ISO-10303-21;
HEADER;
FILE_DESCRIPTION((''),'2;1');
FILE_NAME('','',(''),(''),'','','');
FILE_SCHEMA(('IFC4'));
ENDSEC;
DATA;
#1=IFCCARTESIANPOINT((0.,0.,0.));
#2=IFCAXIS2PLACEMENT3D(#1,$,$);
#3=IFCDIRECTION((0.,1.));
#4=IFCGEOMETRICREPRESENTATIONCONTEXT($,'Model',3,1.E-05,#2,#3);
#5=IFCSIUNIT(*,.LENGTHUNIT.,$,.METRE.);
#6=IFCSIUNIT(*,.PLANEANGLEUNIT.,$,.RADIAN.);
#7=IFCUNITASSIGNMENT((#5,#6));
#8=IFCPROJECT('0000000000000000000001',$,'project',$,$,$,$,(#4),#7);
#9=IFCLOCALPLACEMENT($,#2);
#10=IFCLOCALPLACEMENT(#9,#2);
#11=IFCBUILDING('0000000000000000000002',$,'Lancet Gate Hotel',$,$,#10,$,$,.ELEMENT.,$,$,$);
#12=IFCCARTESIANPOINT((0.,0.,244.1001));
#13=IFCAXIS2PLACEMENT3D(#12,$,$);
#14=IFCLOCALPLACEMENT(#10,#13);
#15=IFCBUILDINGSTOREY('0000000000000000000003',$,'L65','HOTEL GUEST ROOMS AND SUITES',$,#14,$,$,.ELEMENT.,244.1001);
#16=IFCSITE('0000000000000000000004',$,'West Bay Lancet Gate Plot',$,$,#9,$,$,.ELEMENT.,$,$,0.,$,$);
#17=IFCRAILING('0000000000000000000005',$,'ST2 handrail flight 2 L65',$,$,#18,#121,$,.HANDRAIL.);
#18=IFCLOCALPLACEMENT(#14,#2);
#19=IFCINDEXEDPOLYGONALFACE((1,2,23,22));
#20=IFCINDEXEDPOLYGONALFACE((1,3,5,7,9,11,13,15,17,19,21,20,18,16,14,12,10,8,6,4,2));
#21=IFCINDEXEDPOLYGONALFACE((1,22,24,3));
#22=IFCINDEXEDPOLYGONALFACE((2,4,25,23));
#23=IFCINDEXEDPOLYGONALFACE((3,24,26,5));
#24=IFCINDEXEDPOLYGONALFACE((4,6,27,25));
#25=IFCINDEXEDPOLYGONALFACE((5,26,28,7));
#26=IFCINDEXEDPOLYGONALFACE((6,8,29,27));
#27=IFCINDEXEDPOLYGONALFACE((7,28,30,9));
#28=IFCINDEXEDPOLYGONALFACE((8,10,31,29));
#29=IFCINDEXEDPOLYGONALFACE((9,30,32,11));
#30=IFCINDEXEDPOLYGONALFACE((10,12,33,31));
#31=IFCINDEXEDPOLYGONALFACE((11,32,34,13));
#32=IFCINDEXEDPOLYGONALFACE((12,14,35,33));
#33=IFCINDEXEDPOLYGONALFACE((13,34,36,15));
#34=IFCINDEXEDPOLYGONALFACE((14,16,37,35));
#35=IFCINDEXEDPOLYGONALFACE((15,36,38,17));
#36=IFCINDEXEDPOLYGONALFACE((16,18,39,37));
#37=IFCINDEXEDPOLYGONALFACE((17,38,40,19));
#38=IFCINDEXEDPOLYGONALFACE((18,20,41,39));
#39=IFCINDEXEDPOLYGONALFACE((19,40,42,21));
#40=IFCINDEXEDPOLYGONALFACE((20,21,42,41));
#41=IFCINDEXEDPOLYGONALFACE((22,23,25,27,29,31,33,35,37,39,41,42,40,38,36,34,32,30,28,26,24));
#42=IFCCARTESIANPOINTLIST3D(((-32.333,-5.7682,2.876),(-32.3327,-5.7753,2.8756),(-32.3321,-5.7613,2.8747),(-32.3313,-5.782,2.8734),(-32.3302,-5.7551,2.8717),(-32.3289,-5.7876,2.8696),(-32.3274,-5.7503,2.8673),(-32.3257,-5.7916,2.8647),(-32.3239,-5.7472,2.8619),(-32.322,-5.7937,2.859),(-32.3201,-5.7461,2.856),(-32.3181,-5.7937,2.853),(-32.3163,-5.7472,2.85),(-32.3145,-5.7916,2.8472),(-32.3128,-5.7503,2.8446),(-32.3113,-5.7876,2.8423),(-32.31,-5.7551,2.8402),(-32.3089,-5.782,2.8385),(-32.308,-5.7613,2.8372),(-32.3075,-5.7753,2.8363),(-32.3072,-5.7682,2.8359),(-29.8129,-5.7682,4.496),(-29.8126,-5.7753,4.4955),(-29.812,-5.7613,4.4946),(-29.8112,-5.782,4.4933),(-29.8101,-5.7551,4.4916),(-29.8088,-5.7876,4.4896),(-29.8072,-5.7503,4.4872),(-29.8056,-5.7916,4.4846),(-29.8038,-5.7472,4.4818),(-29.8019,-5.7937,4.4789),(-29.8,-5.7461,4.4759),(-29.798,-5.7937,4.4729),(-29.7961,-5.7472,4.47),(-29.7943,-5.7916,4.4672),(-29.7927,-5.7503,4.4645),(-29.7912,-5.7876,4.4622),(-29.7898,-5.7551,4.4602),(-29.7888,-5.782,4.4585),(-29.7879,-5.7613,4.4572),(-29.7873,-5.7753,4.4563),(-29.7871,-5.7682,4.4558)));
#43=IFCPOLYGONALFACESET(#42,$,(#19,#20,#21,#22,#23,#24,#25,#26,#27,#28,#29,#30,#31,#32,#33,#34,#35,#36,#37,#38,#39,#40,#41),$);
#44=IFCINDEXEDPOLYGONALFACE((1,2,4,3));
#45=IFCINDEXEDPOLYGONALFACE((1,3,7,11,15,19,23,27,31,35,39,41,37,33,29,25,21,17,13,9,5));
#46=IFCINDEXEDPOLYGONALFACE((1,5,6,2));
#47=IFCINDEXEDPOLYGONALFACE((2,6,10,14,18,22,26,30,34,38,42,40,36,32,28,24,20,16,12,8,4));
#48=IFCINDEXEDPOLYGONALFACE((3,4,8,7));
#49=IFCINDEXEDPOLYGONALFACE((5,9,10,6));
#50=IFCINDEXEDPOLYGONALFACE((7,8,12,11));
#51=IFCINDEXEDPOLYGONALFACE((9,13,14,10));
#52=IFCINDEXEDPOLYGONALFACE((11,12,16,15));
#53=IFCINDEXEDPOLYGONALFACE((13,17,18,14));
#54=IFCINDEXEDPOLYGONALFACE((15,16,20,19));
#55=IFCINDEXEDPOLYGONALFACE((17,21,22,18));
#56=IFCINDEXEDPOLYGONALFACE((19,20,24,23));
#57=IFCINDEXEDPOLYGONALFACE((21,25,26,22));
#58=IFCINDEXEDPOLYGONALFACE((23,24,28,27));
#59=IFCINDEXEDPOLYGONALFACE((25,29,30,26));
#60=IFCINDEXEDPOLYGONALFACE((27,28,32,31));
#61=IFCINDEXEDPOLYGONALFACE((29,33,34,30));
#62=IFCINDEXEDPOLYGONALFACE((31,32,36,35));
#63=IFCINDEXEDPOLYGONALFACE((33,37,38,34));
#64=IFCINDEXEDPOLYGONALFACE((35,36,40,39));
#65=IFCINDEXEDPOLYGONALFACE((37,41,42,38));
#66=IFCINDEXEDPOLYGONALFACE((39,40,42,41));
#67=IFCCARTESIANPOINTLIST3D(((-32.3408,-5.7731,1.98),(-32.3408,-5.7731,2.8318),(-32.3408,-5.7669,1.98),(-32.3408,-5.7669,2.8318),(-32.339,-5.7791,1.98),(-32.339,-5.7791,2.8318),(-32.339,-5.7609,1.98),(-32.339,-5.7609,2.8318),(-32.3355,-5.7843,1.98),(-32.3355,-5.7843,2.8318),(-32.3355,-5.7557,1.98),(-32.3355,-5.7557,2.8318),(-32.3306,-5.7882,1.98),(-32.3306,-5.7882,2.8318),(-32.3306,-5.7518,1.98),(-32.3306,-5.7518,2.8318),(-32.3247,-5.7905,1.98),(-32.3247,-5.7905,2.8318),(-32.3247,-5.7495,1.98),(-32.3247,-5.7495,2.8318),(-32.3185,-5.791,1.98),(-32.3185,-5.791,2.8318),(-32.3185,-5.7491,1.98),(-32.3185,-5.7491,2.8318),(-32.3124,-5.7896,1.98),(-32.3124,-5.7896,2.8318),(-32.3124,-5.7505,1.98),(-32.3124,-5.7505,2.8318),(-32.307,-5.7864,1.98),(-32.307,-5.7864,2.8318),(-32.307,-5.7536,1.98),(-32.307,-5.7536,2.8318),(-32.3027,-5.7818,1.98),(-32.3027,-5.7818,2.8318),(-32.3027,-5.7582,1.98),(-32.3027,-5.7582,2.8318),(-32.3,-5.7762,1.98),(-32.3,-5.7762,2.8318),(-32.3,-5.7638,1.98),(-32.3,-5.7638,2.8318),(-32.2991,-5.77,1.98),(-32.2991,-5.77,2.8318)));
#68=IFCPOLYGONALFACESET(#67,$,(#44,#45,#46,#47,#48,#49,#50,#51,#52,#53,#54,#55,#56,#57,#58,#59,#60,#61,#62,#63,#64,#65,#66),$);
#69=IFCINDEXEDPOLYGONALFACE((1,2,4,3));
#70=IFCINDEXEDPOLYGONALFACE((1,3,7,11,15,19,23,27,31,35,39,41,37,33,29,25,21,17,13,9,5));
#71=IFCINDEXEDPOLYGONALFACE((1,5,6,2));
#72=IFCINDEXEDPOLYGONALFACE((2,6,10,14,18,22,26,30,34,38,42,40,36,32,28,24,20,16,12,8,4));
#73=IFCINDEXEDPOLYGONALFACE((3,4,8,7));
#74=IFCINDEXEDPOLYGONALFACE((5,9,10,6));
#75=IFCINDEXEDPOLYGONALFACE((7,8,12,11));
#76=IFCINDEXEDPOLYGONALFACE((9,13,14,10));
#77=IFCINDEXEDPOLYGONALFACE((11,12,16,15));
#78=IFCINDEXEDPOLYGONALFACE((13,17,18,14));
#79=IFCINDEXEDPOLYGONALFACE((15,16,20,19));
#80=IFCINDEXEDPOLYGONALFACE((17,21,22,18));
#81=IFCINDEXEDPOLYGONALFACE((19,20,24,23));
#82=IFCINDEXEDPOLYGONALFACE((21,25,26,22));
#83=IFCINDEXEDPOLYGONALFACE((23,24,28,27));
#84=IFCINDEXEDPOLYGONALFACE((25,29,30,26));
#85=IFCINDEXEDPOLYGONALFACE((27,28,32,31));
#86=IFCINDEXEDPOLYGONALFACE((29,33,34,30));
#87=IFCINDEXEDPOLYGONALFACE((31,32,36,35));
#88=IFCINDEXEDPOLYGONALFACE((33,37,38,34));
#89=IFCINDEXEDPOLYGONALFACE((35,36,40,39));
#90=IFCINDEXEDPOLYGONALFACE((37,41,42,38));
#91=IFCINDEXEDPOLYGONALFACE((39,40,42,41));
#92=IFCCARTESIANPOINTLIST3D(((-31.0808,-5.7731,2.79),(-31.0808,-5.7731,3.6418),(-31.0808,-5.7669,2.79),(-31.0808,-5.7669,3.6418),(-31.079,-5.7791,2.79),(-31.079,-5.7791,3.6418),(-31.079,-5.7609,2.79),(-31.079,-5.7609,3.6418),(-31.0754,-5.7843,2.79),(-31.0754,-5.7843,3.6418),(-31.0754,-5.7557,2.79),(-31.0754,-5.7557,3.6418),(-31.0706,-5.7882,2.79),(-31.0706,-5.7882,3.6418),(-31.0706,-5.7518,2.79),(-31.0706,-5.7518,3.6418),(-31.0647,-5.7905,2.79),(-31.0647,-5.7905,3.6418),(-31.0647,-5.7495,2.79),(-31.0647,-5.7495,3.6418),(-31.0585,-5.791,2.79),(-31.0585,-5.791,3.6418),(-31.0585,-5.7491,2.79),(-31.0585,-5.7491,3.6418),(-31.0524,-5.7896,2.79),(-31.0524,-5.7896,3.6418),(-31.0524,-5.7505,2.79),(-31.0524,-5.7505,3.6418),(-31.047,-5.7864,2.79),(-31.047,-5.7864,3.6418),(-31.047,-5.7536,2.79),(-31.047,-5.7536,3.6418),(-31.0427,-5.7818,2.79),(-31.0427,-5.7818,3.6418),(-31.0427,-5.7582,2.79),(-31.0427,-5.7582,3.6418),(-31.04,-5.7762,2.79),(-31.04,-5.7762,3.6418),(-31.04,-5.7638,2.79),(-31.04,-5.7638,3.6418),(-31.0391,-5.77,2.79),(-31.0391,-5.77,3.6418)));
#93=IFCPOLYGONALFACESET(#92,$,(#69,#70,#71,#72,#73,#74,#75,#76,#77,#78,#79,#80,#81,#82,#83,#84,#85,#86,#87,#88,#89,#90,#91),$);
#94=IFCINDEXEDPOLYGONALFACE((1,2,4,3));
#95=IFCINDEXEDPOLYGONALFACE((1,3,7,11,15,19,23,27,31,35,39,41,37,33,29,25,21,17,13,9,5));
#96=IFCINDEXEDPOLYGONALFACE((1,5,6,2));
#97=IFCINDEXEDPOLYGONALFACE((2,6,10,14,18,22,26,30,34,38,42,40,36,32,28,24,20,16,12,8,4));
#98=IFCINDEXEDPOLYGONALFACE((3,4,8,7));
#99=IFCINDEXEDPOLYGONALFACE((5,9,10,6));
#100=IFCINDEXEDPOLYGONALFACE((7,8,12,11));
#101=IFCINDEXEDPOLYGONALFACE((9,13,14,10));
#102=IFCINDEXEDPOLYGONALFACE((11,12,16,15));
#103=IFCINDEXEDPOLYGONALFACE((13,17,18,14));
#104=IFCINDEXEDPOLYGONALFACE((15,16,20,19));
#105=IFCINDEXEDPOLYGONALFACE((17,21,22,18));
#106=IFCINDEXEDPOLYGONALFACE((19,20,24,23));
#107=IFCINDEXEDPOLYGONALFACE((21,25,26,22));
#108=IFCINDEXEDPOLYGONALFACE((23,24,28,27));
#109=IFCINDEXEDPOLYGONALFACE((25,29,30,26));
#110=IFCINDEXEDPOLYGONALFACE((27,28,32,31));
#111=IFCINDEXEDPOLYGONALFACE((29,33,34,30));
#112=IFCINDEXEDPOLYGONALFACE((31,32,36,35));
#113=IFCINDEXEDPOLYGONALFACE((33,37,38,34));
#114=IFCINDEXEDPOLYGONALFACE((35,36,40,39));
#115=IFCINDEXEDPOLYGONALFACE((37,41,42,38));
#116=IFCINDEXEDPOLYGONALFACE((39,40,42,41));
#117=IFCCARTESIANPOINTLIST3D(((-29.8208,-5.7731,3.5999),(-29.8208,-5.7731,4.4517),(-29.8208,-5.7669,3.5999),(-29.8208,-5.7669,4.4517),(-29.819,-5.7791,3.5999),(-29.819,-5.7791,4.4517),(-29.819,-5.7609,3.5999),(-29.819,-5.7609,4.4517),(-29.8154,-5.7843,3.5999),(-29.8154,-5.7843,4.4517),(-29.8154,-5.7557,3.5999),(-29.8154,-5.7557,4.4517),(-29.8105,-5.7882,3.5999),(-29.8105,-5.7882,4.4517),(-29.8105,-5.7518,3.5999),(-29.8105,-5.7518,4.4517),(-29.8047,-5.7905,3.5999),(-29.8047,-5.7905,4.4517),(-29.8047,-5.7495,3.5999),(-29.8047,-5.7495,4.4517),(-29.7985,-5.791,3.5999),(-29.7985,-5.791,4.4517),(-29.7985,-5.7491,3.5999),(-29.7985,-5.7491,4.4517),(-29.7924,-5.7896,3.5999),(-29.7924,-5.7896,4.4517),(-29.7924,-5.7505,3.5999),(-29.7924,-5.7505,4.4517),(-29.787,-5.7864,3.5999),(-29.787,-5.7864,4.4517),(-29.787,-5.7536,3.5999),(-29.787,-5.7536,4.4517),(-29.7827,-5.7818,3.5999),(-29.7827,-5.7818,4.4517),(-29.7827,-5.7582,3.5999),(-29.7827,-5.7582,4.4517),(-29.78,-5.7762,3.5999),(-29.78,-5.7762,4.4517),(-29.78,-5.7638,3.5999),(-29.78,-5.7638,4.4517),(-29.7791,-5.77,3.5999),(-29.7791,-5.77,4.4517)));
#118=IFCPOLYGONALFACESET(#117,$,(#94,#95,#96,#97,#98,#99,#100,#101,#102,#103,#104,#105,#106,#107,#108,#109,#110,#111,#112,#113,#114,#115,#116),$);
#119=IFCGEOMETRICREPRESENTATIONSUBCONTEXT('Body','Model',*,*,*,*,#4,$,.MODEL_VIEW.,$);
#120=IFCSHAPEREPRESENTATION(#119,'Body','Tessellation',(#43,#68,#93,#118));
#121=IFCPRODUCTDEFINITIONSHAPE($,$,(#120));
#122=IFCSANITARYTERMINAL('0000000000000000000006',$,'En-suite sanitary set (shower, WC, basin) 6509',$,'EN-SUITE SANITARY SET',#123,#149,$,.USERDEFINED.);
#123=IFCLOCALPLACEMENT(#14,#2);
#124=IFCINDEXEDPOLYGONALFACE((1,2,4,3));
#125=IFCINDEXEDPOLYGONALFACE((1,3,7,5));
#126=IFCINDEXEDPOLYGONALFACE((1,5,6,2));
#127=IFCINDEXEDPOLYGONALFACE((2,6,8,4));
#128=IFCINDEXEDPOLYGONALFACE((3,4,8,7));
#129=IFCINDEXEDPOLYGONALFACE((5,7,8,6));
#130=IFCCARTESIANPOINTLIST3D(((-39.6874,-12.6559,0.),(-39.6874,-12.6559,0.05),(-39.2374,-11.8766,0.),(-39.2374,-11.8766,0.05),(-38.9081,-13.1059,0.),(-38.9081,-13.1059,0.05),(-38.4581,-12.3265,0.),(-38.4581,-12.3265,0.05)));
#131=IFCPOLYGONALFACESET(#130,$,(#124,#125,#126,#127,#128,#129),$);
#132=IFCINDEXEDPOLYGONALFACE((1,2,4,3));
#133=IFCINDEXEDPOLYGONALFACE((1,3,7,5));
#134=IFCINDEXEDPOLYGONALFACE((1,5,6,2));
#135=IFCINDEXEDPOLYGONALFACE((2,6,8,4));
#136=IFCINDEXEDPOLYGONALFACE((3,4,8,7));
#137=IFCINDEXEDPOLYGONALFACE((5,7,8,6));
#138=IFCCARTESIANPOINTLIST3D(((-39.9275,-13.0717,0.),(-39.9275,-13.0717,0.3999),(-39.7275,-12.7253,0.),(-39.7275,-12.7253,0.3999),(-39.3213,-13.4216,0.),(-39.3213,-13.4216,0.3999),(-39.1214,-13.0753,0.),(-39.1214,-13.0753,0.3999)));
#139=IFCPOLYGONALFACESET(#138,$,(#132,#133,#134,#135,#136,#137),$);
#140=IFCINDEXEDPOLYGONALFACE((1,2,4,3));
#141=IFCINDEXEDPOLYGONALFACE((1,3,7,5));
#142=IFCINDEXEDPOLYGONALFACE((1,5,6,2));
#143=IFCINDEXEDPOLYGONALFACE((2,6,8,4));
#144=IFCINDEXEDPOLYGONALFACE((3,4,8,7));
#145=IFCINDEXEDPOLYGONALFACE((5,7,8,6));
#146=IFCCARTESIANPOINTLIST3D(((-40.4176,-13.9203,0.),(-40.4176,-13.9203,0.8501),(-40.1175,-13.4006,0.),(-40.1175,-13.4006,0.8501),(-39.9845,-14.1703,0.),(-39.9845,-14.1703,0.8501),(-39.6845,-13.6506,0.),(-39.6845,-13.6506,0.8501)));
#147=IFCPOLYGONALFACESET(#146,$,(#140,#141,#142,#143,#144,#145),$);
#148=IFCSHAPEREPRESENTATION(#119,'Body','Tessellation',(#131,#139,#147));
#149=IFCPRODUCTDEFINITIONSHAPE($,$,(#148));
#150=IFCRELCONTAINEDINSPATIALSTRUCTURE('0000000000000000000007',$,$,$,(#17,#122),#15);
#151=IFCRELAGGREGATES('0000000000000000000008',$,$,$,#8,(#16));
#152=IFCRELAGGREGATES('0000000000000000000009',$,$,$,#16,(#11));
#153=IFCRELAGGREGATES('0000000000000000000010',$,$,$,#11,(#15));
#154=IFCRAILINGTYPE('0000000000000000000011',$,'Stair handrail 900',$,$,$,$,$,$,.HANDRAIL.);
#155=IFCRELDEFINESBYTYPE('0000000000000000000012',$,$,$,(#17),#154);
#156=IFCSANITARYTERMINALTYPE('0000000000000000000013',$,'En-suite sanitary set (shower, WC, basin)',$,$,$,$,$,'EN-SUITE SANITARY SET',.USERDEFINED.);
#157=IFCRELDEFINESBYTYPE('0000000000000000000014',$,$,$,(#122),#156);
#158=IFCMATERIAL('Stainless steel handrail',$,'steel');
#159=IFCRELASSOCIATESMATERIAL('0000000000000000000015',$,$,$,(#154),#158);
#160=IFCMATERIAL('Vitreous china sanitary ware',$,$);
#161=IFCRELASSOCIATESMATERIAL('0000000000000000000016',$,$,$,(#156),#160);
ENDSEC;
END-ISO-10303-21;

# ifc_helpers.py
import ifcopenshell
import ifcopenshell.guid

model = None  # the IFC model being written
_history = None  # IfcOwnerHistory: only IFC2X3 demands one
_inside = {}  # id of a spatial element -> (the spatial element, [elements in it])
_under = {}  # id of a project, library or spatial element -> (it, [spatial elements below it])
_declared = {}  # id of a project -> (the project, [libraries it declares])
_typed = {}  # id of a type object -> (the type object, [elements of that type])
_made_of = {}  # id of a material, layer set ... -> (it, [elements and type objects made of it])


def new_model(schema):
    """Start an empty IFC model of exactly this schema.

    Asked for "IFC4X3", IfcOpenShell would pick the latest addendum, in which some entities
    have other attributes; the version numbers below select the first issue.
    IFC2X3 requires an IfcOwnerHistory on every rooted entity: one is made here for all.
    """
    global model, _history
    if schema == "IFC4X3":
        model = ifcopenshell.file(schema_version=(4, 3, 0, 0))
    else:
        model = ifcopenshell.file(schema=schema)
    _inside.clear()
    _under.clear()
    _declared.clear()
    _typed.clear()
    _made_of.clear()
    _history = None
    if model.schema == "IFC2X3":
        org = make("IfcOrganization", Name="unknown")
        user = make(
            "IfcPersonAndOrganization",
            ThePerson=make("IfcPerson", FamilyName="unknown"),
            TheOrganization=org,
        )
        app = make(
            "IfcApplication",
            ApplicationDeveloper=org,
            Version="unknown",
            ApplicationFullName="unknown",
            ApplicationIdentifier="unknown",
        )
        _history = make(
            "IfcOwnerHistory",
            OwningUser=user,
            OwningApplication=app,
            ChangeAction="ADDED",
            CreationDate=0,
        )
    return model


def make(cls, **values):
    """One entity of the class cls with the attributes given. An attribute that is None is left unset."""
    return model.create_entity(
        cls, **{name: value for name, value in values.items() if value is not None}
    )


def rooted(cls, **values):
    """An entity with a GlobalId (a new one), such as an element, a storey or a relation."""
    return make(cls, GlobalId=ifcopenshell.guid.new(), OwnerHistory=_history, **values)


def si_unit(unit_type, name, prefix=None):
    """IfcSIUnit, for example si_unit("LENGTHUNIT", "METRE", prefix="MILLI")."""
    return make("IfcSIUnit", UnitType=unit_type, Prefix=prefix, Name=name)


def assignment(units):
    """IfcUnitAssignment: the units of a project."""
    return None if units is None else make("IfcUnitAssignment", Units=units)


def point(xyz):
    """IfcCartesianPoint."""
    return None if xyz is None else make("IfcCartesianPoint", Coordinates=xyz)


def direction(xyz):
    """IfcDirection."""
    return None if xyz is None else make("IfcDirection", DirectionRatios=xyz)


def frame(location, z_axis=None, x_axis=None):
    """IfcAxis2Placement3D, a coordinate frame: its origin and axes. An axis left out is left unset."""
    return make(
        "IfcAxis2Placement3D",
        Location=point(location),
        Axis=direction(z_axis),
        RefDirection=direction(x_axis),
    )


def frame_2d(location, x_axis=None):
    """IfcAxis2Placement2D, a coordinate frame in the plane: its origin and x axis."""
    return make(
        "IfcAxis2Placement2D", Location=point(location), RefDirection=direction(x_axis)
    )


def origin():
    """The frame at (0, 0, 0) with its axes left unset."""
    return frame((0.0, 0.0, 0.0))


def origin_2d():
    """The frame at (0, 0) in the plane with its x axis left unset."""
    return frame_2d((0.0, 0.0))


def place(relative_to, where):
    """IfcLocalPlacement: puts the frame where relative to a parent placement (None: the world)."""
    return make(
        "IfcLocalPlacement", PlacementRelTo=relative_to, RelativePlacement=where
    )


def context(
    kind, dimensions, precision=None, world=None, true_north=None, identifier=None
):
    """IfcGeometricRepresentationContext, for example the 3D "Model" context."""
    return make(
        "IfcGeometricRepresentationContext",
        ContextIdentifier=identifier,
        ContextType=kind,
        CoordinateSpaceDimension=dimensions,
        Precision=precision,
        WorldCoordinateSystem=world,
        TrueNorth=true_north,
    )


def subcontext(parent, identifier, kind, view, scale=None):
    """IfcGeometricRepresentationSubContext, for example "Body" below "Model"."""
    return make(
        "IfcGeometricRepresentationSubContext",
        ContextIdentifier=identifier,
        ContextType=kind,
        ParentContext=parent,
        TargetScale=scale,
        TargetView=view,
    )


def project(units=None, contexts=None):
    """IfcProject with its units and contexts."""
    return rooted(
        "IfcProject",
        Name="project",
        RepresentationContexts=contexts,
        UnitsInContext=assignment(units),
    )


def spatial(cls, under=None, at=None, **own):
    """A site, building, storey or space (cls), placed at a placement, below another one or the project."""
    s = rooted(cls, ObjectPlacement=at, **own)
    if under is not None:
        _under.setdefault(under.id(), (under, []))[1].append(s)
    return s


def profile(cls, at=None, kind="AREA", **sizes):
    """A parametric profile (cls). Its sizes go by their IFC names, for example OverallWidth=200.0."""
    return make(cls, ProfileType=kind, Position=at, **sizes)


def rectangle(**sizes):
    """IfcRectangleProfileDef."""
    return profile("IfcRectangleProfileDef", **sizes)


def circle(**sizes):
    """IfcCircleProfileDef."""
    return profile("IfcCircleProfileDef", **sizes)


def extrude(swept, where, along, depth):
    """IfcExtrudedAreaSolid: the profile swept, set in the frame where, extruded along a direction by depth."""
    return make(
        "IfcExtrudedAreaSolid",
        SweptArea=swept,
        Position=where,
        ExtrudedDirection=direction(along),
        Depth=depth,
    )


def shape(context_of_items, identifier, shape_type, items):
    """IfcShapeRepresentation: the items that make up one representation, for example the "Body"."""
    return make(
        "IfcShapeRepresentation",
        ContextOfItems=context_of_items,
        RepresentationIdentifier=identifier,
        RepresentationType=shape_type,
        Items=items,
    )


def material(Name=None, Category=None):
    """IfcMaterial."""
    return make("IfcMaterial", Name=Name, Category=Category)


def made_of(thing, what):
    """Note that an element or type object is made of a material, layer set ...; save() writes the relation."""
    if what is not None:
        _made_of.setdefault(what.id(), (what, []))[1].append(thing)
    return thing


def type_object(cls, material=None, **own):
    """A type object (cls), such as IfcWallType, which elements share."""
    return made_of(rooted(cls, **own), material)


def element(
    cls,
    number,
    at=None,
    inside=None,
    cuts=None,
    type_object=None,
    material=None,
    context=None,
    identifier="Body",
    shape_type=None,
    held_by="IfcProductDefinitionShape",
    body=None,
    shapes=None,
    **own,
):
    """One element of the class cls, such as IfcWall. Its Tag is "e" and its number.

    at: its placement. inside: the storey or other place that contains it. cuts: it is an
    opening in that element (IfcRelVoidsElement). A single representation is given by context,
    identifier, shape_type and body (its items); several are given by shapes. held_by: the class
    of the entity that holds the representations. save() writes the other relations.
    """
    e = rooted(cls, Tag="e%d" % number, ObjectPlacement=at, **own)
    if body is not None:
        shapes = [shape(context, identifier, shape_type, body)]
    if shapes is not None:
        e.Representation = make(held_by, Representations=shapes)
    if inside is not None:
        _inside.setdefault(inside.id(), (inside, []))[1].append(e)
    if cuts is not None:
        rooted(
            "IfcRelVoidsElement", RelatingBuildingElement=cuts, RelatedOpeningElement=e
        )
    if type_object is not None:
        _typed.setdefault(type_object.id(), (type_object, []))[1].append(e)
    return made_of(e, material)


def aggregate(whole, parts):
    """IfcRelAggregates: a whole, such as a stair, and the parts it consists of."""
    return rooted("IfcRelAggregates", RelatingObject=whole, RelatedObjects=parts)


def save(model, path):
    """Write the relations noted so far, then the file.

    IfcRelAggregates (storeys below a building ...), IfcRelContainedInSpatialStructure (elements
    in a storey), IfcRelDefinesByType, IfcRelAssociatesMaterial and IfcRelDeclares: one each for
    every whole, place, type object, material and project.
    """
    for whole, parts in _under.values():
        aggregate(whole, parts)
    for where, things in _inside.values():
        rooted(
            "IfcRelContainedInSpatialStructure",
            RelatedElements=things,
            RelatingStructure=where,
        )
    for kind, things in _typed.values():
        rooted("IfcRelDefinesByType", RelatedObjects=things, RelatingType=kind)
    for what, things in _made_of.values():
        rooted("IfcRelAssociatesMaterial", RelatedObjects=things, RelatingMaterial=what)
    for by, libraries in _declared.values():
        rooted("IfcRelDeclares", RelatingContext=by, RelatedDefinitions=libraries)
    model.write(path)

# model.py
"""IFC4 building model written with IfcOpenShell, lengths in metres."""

from ifc_helpers import new_model, si_unit, direction, frame, origin, origin_2d, place, context, subcontext, project, spatial, rectangle, circle, extrude, material, type_object, element, save


model = new_model("IFC4")

# Units and contexts
model_context = context("Model", 3, precision=1e-05, world=origin(), true_north=direction((0.0, 1.0)))
body_context = subcontext(model_context, "Body", "Model", "MODEL_VIEW")
ifc_project = project(units=[si_unit("LENGTHUNIT", "METRE"), si_unit("PLANEANGLEUNIT", "RADIAN")], contexts=[model_context])

# Site, building, storey
site_placement = place(None, origin())
site = spatial("IfcSite", under=ifc_project, at=site_placement, Name="West Bay Lancet Gate Plot", CompositionType="ELEMENT", RefElevation=0.0)
building_placement = place(site_placement, origin())
building = spatial("IfcBuilding", under=site, at=building_placement, Name="Lancet Gate Hotel", CompositionType="ELEMENT")
storey_placement = place(building_placement, frame((0.0, 0.0, 244.1001)))
storey = spatial("IfcBuildingStorey", under=building, at=storey_placement, Name="L65", Description="HOTEL GUEST ROOMS AND SUITES", CompositionType="ELEMENT", Elevation=244.1001)

# Railing
ifc_material_1 = material(Name="Stainless steel handrail", Category="steel")
railing_type = type_object("IfcRailingType", Name="Stair handrail 900", PredefinedType="HANDRAIL", material=ifc_material_1)
railing_1_placement = place(storey_placement, frame((-32.3201, -5.77, 1.98)))
element("IfcRailing", 1, at=railing_1_placement, inside=storey, type_object=railing_type, Name="ST2 handrail flight 2 L65", PredefinedType="HANDRAIL", context=body_context, shape_type="SweptSolid", body=[
    extrude(circle(Radius=0.0239, at=origin_2d()), frame((0.0, 0.0, 0.876), z_axis=(0.8412, 0.0, 0.540725), x_axis=(0.0, 1.0, 0.0)), (0.0, 0.0, 1.0), 2.9958),
    extrude(circle(Radius=0.021, at=origin_2d()), origin(), (0.0, 0.0, 1.0), 0.8518),
    extrude(circle(Radius=0.021, at=origin_2d()), frame((1.26, 0.0, 0.8101)), (0.0, 0.0, 1.0), 0.8518),
    extrude(circle(Radius=0.021, at=origin_2d()), frame((2.52, 0.0, 1.6199)), (0.0, 0.0, 1.0), 0.8518),
])

# Sanitary terminal
ifc_material_2 = material(Name="Vitreous china sanitary ware")
sanitary_terminal_type = type_object("IfcSanitaryTerminalType", Name="En-suite sanitary set (shower, WC, basin)", ElementType="EN-SUITE SANITARY SET", PredefinedType="USERDEFINED", material=ifc_material_2)
sanitary_terminal_placement = place(storey_placement, frame((-39.0728, -12.4912, 0.0), z_axis=(0.0, 0.0, 1.0), x_axis=(1.0, 0.0, 0.0)))
element("IfcSanitaryTerminal", 2, at=sanitary_terminal_placement, inside=storey, type_object=sanitary_terminal_type, Name="En-suite sanitary set (shower, WC, basin) 6509", ObjectType="EN-SUITE SANITARY SET", PredefinedType="USERDEFINED", context=body_context, shape_type="SweptSolid", body=[
    extrude(rectangle(XDim=0.8999, YDim=0.8999, at=origin_2d()), frame((0.0, 0.0, 0.0), z_axis=(0.0, 0.0, 1.0), x_axis=(0.5, 0.866025, 0.0)), (0.0, 0.0, 1.0), 0.05),
    extrude(rectangle(XDim=0.3999, YDim=0.7, at=origin_2d()), frame((-0.4517, -0.5823, 0.0), z_axis=(0.0, 0.0, 1.0), x_axis=(0.5, 0.866025, 0.0)), (0.0, 0.0, 1.0), 0.3999),
    extrude(rectangle(XDim=0.6001, YDim=0.5, at=origin_2d()), frame((-0.9783, -1.2942, 0.0), z_axis=(0.0, 0.0, 1.0), x_axis=(0.5, 0.866025, 0.0)), (0.0, 0.0, 1.0), 0.8501),
])

save(model, "model.ifc")
